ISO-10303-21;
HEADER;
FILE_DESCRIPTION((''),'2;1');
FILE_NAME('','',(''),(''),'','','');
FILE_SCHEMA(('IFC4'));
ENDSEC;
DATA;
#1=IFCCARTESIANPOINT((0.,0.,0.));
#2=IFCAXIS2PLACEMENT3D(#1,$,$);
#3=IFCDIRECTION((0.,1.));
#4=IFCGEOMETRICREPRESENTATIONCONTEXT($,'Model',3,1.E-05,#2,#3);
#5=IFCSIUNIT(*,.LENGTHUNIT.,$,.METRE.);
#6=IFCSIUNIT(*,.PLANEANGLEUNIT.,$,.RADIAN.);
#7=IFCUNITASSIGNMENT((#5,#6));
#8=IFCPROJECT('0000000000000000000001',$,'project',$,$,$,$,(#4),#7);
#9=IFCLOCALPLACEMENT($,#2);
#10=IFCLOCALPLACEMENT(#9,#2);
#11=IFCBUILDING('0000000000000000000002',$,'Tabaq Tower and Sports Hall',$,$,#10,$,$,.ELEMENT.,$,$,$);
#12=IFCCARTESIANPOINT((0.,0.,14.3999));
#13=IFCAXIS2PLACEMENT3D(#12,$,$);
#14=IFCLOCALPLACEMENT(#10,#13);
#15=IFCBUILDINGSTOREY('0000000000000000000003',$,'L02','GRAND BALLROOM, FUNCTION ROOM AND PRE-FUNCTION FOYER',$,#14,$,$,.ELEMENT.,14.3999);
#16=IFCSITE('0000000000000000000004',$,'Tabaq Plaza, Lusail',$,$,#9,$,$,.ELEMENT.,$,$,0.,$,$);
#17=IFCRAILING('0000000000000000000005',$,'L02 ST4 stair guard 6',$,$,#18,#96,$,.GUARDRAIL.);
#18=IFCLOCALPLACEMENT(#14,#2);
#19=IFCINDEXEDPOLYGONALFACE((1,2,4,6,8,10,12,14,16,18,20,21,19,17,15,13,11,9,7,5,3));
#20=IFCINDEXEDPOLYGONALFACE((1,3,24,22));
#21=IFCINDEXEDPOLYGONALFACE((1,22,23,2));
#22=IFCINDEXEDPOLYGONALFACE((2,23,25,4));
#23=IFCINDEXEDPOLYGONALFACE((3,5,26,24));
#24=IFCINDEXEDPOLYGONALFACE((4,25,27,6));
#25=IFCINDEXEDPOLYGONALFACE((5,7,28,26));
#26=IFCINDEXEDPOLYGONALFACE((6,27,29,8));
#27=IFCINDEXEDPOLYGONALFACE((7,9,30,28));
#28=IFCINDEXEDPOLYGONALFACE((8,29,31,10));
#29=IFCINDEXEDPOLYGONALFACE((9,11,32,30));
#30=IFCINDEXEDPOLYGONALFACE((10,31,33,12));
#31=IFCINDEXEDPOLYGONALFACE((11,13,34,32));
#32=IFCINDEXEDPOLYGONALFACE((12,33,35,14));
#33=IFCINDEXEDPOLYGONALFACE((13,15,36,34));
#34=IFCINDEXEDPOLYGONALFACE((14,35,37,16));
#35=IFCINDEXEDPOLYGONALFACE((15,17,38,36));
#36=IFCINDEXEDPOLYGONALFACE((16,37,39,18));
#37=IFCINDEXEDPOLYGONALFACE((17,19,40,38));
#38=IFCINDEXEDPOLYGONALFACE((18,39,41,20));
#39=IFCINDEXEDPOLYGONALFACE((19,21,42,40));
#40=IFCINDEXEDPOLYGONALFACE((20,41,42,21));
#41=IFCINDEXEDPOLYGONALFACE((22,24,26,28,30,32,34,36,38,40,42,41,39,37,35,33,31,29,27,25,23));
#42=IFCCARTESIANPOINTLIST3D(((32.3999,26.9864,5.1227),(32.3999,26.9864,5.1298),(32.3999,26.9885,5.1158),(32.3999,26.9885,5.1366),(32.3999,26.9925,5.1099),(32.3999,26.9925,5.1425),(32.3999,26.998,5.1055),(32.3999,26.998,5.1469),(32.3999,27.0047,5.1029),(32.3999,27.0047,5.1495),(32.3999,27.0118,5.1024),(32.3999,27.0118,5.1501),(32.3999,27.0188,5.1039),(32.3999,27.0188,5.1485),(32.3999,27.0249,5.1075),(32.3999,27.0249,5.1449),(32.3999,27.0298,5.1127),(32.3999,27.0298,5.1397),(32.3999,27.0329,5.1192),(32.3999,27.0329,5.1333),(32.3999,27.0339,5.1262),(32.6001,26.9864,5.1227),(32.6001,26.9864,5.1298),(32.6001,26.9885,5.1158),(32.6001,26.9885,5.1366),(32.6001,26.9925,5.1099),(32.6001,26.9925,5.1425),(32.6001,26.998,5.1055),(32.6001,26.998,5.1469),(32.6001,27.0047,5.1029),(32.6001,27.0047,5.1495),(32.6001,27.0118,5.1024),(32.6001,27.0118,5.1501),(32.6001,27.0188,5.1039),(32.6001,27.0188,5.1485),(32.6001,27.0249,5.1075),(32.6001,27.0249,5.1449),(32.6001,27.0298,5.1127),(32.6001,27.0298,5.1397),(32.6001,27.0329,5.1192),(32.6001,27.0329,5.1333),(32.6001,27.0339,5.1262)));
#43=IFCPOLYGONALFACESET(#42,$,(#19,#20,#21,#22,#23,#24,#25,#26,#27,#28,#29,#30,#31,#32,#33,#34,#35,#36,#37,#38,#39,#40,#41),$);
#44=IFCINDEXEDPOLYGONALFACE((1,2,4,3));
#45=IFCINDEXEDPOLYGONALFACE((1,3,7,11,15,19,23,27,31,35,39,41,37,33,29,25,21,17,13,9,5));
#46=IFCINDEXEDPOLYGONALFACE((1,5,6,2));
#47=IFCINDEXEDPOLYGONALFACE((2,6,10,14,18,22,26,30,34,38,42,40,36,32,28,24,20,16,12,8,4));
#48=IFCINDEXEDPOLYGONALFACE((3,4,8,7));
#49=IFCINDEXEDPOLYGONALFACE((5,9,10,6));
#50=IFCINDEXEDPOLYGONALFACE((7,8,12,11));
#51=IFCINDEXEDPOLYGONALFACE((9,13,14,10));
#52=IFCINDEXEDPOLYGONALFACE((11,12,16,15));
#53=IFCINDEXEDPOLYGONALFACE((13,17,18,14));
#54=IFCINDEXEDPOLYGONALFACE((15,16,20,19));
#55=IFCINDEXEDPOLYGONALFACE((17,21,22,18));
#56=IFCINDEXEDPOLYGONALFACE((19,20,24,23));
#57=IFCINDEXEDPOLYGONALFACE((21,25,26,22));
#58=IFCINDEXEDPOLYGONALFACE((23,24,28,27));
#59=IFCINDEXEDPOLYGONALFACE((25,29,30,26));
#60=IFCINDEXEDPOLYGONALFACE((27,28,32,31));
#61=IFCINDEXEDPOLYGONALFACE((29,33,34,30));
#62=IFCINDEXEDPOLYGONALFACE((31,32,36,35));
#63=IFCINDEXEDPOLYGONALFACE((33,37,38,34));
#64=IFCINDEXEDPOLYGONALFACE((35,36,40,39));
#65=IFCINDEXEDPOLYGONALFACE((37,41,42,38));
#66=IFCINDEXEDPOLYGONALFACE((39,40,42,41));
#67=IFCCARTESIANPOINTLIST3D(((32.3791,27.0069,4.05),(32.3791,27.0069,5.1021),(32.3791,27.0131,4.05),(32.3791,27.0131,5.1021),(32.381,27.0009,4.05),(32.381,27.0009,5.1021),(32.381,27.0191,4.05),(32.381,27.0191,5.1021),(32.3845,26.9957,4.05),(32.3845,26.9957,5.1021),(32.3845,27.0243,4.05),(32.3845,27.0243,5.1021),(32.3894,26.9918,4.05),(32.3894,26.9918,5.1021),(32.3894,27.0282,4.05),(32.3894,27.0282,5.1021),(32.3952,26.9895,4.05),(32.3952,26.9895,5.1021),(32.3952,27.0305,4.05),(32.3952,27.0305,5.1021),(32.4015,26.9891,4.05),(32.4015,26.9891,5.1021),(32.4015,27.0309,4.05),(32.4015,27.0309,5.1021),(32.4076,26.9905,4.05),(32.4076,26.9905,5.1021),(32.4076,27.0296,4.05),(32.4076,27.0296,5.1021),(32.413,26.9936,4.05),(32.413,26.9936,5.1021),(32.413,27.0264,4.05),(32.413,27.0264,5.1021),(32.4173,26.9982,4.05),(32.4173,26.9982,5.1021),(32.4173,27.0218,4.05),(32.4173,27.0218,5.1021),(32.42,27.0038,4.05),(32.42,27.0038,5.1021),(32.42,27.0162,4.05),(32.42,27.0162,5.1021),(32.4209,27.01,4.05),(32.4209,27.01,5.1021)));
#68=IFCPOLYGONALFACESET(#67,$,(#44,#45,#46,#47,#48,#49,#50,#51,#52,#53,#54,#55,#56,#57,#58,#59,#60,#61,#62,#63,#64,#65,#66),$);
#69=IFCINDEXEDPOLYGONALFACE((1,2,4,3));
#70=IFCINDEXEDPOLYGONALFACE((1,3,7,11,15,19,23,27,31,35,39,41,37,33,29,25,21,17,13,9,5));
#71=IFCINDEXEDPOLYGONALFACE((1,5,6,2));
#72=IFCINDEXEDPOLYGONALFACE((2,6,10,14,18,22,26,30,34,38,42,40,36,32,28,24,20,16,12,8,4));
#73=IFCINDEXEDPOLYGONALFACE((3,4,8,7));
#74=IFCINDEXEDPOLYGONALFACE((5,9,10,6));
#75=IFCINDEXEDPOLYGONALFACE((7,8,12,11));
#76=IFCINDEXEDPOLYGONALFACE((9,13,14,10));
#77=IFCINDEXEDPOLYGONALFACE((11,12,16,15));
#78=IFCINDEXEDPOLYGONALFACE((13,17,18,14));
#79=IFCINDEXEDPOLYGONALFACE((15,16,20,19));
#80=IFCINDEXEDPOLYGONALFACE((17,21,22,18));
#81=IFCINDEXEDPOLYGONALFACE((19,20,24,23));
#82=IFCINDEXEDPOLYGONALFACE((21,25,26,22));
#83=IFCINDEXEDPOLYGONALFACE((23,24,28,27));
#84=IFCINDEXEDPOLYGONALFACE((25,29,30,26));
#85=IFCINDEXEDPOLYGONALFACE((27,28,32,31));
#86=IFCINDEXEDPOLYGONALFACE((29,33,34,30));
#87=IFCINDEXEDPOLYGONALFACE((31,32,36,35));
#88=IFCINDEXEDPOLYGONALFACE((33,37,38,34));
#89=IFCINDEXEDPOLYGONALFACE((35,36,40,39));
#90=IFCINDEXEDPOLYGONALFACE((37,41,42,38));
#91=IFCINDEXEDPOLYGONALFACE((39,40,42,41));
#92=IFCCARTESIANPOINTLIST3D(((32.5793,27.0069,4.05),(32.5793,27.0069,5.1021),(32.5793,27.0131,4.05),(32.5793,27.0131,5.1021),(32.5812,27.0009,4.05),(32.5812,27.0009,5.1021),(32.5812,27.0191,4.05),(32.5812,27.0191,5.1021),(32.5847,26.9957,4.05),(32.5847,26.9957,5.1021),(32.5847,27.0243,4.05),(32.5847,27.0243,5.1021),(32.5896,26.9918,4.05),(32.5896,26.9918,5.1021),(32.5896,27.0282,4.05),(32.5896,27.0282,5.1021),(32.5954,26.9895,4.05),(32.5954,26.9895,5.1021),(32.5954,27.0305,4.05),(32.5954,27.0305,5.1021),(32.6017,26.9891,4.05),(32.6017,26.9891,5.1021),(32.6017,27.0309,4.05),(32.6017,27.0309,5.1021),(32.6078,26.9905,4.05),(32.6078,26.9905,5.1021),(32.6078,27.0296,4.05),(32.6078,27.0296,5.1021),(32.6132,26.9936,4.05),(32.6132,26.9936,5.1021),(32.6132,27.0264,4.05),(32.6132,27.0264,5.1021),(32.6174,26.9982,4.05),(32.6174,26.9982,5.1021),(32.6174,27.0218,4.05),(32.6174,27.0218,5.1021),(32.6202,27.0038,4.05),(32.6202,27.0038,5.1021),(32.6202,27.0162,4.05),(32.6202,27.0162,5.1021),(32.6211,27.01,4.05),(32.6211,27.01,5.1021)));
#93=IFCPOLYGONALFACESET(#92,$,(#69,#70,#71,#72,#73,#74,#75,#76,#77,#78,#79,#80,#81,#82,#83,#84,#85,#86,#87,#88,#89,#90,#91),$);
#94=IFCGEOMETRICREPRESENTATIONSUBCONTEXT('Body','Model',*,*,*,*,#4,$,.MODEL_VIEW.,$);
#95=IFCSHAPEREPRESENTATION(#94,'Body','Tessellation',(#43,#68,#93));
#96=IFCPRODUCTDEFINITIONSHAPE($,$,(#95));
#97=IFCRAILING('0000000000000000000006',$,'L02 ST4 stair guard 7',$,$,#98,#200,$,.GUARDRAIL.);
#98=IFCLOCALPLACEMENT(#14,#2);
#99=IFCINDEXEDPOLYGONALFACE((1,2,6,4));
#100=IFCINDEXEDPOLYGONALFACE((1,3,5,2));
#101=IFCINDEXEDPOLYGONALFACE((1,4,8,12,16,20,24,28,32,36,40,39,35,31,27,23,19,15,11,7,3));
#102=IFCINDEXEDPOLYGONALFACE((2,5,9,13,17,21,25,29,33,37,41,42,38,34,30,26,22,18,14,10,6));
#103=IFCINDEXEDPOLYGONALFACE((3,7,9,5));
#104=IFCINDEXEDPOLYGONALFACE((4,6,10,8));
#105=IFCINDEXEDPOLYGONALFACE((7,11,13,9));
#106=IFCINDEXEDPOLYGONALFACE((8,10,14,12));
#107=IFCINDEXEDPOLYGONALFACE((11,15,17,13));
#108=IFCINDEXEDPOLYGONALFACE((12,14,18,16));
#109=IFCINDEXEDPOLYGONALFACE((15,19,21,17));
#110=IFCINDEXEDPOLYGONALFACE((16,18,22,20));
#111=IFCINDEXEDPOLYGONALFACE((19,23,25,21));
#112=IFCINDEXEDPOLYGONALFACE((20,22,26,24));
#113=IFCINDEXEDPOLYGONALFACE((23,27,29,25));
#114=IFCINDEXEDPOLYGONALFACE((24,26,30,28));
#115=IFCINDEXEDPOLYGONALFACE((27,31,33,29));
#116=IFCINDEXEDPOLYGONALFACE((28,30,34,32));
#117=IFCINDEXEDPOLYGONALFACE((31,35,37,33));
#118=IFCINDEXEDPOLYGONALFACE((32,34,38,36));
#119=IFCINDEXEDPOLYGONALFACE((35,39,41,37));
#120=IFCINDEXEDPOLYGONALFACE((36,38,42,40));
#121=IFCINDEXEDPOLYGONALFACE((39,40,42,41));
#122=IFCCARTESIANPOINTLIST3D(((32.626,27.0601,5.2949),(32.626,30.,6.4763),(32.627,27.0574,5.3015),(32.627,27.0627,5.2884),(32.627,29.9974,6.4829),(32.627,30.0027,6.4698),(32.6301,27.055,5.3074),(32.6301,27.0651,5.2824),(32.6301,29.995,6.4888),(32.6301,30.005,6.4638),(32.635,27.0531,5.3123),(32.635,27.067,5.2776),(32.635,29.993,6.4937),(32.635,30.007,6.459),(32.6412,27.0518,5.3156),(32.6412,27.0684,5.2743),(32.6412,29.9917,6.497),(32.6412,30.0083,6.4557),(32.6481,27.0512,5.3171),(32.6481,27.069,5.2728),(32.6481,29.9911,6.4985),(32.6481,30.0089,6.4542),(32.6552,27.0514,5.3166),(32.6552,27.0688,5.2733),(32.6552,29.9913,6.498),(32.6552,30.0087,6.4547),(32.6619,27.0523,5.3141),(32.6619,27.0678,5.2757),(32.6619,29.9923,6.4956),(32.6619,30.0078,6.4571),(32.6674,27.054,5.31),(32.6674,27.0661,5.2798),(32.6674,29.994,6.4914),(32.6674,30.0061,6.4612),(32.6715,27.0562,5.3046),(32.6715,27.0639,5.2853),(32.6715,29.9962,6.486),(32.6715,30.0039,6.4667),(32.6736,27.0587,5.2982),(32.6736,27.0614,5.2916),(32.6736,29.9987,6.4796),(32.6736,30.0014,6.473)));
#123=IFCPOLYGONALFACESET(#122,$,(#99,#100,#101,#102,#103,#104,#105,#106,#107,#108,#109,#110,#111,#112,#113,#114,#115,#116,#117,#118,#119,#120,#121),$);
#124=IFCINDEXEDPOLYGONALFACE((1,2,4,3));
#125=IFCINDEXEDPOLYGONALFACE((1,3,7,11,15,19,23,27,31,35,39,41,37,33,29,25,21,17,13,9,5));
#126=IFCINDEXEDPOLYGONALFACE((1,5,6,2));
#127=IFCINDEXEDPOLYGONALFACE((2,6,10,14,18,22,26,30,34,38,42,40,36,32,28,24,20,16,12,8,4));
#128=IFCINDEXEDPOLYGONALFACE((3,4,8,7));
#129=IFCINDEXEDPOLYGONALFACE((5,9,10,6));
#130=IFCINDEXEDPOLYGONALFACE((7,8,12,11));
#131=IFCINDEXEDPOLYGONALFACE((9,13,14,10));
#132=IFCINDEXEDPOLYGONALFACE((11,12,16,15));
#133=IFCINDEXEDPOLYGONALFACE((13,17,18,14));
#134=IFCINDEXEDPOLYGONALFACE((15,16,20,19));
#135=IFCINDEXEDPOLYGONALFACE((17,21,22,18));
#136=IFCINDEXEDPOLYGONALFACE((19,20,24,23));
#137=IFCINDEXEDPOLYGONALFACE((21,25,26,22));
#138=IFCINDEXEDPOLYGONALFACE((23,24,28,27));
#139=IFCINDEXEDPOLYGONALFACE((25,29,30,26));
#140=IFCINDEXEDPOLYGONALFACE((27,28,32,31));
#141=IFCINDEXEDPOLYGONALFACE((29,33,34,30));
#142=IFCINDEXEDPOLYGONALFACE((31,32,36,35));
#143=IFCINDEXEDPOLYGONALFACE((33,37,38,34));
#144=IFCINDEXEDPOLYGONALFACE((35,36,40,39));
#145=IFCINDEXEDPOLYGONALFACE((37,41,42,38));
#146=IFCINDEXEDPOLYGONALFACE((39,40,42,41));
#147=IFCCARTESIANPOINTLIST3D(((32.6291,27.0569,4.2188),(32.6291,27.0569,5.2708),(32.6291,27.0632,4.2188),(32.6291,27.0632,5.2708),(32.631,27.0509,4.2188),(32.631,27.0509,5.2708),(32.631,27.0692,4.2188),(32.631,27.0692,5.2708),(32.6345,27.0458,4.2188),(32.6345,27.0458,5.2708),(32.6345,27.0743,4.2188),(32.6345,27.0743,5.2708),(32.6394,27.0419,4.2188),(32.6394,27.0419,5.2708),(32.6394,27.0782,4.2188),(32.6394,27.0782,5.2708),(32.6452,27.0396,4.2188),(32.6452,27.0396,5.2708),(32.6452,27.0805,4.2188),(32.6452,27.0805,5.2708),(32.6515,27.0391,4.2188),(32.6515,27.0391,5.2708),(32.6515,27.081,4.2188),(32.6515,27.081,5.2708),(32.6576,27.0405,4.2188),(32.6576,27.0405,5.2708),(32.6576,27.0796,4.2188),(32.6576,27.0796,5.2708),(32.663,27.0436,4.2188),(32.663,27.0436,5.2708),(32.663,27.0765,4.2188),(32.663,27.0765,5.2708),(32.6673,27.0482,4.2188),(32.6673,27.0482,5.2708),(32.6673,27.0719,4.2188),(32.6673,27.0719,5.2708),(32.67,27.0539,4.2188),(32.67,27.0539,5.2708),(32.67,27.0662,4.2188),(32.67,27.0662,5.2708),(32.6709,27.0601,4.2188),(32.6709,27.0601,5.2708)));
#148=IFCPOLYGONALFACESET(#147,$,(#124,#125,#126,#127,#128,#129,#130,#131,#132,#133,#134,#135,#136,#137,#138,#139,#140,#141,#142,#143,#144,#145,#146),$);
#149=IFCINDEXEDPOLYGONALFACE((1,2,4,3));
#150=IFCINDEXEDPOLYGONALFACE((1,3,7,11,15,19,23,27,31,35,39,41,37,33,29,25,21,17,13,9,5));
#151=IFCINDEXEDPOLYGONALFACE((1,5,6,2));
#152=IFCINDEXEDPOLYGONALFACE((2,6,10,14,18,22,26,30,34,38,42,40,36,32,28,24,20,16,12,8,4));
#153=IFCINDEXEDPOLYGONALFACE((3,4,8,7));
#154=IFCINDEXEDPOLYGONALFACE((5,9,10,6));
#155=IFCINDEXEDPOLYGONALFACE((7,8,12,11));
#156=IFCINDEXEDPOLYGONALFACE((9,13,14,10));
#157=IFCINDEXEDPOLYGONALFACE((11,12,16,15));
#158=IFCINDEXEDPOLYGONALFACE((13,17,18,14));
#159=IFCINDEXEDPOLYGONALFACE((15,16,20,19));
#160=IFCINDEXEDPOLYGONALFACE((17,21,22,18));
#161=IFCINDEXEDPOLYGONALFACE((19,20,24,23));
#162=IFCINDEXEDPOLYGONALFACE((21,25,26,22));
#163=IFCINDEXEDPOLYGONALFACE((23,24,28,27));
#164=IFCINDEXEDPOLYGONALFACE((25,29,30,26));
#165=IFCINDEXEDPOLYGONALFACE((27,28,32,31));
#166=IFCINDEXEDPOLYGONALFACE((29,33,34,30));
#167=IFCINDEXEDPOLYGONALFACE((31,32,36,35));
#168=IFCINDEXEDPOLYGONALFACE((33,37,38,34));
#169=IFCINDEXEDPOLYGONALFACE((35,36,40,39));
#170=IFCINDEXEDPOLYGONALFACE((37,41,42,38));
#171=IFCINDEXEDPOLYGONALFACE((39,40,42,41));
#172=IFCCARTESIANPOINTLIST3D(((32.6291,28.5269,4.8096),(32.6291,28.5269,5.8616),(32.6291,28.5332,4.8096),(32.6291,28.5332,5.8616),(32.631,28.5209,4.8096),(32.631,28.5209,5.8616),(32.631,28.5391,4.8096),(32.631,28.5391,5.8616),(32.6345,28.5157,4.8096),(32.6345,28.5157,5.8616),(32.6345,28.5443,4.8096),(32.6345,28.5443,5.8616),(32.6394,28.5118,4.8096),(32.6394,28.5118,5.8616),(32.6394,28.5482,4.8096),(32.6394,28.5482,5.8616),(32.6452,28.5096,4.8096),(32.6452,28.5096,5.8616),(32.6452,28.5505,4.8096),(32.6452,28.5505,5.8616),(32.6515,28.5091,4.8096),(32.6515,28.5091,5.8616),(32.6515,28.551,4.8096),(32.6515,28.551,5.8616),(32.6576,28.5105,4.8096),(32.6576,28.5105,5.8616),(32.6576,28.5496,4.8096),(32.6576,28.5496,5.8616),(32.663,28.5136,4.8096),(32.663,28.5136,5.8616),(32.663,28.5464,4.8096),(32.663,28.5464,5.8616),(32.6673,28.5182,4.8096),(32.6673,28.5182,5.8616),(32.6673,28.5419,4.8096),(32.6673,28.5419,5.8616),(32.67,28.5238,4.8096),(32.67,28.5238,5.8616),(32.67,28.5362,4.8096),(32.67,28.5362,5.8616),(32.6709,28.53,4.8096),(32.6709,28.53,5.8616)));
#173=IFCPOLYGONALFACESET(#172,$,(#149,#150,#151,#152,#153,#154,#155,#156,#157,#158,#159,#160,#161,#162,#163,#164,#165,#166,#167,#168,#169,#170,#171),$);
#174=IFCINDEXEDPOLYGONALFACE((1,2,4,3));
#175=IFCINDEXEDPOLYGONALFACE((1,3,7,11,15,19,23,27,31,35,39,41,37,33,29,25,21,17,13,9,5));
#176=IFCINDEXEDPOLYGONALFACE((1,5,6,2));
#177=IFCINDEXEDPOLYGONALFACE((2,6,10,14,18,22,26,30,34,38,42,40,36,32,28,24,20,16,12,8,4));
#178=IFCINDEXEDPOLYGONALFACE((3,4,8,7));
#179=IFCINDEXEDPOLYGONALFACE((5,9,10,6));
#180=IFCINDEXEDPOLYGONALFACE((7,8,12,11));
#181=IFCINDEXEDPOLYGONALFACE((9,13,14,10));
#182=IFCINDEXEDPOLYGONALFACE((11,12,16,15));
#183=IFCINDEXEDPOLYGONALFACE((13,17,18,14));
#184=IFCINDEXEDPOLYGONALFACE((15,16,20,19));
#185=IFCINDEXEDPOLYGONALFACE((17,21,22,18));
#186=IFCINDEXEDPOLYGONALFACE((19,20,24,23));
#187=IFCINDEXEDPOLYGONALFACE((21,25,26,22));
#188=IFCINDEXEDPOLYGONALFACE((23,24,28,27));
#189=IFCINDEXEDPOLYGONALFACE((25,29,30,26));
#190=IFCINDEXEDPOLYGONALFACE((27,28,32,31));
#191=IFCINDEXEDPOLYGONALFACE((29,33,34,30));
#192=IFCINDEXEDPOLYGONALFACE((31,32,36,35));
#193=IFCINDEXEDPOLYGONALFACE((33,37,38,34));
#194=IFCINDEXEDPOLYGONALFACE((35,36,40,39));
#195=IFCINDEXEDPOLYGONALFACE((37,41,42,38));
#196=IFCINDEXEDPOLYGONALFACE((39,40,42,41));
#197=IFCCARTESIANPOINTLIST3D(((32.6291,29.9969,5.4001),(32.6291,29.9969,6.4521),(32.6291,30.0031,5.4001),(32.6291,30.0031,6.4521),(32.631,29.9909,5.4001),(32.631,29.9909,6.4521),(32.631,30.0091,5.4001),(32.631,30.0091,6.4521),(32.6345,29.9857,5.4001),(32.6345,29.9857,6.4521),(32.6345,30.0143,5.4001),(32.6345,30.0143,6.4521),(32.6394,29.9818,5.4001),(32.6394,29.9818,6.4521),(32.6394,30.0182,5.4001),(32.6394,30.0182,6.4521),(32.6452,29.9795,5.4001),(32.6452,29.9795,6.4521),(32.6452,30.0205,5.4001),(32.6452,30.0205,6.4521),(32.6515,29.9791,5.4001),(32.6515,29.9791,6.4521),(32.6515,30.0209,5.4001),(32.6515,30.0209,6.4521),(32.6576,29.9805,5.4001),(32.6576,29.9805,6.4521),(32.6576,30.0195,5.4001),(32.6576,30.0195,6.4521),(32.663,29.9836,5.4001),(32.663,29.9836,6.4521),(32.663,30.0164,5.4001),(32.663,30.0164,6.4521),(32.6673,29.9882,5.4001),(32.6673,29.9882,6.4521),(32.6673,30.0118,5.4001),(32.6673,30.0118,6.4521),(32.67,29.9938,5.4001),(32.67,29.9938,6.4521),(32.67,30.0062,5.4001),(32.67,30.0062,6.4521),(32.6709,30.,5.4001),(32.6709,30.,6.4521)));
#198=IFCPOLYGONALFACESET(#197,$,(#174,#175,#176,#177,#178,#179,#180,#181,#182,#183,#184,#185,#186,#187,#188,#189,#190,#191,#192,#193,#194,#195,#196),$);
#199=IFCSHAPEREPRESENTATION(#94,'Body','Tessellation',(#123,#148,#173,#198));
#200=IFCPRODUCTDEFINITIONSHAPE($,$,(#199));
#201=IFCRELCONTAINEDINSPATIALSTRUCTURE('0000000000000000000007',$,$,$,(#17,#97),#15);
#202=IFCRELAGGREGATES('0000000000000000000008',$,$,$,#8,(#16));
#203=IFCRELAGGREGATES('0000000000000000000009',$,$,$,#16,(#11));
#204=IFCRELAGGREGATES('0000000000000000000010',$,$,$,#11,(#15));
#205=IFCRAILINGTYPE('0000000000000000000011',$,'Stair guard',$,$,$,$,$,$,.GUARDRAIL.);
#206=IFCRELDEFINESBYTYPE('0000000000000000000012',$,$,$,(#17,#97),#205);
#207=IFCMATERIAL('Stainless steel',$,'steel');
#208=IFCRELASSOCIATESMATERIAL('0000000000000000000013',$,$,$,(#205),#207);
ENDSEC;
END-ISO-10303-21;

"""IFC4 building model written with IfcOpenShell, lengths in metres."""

from ifc_helpers import new_model, si_unit, direction, frame, origin, origin_2d, place, context, subcontext, project, spatial, circle, extrude, material, type_object, element, save


model = new_model("IFC4")

# Units and contexts
model_context = context("Model", 3, precision=1e-05, world=origin(), true_north=direction((0.0, 1.0)))
body_context = subcontext(model_context, "Body", "Model", "MODEL_VIEW")
ifc_project = project(units=[si_unit("LENGTHUNIT", "METRE"), si_unit("PLANEANGLEUNIT", "RADIAN")], contexts=[model_context])

# Site, building, storey
site_placement = place(None, origin())
site = spatial("IfcSite", under=ifc_project, at=site_placement, Name="Tabaq Plaza, Lusail", CompositionType="ELEMENT", RefElevation=0.0)
building_placement = place(site_placement, origin())
building = spatial("IfcBuilding", under=site, at=building_placement, Name="Tabaq Tower and Sports Hall", CompositionType="ELEMENT")
storey_placement = place(building_placement, frame((0.0, 0.0, 14.3999)))
storey = spatial("IfcBuildingStorey", under=building, at=storey_placement, Name="L02", Description="GRAND BALLROOM, FUNCTION ROOM AND PRE-FUNCTION FOYER", CompositionType="ELEMENT", Elevation=14.3999)

# Railings
ifc_material_1 = material(Name="Stainless steel", Category="steel")
railing_type_1 = type_object("IfcRailingType", Name="Stair guard", PredefinedType="GUARDRAIL", material=ifc_material_1)
railing_1_placement = place(storey_placement, frame((32.3999, 27.01, 4.05)))
element("IfcRailing", 1, at=railing_1_placement, inside=storey, type_object=railing_type_1, Name="L02 ST4 stair guard 6", PredefinedType="GUARDRAIL", context=body_context, shape_type="SweptSolid", body=[
    extrude(circle(Radius=0.0239, at=origin_2d()), frame((0.0, 0.0, 1.0762), z_axis=(1.0, 0.0, 0.0), x_axis=(0.0, 1.0, 0.0)), (0.0, 0.0, 1.0), 0.2002),
    extrude(circle(Radius=0.021, at=origin_2d()), origin(), (0.0, 0.0, 1.0), 1.052),
    extrude(circle(Radius=0.021, at=origin_2d()), frame((0.2002, 0.0, 0.0)), (0.0, 0.0, 1.0), 1.052),
])
railing_2_placement = place(storey_placement, frame((32.6499, 27.0601, 4.2188)))
element("IfcRailing", 2, at=railing_2_placement, inside=storey, type_object=railing_type_1, Name="L02 ST4 stair guard 7", PredefinedType="GUARDRAIL", context=body_context, shape_type="SweptSolid", body=[
    extrude(circle(Radius=0.0239, at=origin_2d()), frame((0.0, 0.0, 1.0762), z_axis=(0.0, 0.927886, 0.372865), x_axis=(-1.0, 0.0, 0.0)), (0.0, 0.0, 1.0), 3.1685),
    extrude(circle(Radius=0.021, at=origin_2d()), origin(), (0.0, 0.0, 1.0), 1.052),
    extrude(circle(Radius=0.021, at=origin_2d()), frame((0.0, 1.47, 0.5908)), (0.0, 0.0, 1.0), 1.052),
    extrude(circle(Radius=0.021, at=origin_2d()), frame((0.0, 2.9399, 1.1814)), (0.0, 0.0, 1.0), 1.052),
])

save(model, "model.ifc")
